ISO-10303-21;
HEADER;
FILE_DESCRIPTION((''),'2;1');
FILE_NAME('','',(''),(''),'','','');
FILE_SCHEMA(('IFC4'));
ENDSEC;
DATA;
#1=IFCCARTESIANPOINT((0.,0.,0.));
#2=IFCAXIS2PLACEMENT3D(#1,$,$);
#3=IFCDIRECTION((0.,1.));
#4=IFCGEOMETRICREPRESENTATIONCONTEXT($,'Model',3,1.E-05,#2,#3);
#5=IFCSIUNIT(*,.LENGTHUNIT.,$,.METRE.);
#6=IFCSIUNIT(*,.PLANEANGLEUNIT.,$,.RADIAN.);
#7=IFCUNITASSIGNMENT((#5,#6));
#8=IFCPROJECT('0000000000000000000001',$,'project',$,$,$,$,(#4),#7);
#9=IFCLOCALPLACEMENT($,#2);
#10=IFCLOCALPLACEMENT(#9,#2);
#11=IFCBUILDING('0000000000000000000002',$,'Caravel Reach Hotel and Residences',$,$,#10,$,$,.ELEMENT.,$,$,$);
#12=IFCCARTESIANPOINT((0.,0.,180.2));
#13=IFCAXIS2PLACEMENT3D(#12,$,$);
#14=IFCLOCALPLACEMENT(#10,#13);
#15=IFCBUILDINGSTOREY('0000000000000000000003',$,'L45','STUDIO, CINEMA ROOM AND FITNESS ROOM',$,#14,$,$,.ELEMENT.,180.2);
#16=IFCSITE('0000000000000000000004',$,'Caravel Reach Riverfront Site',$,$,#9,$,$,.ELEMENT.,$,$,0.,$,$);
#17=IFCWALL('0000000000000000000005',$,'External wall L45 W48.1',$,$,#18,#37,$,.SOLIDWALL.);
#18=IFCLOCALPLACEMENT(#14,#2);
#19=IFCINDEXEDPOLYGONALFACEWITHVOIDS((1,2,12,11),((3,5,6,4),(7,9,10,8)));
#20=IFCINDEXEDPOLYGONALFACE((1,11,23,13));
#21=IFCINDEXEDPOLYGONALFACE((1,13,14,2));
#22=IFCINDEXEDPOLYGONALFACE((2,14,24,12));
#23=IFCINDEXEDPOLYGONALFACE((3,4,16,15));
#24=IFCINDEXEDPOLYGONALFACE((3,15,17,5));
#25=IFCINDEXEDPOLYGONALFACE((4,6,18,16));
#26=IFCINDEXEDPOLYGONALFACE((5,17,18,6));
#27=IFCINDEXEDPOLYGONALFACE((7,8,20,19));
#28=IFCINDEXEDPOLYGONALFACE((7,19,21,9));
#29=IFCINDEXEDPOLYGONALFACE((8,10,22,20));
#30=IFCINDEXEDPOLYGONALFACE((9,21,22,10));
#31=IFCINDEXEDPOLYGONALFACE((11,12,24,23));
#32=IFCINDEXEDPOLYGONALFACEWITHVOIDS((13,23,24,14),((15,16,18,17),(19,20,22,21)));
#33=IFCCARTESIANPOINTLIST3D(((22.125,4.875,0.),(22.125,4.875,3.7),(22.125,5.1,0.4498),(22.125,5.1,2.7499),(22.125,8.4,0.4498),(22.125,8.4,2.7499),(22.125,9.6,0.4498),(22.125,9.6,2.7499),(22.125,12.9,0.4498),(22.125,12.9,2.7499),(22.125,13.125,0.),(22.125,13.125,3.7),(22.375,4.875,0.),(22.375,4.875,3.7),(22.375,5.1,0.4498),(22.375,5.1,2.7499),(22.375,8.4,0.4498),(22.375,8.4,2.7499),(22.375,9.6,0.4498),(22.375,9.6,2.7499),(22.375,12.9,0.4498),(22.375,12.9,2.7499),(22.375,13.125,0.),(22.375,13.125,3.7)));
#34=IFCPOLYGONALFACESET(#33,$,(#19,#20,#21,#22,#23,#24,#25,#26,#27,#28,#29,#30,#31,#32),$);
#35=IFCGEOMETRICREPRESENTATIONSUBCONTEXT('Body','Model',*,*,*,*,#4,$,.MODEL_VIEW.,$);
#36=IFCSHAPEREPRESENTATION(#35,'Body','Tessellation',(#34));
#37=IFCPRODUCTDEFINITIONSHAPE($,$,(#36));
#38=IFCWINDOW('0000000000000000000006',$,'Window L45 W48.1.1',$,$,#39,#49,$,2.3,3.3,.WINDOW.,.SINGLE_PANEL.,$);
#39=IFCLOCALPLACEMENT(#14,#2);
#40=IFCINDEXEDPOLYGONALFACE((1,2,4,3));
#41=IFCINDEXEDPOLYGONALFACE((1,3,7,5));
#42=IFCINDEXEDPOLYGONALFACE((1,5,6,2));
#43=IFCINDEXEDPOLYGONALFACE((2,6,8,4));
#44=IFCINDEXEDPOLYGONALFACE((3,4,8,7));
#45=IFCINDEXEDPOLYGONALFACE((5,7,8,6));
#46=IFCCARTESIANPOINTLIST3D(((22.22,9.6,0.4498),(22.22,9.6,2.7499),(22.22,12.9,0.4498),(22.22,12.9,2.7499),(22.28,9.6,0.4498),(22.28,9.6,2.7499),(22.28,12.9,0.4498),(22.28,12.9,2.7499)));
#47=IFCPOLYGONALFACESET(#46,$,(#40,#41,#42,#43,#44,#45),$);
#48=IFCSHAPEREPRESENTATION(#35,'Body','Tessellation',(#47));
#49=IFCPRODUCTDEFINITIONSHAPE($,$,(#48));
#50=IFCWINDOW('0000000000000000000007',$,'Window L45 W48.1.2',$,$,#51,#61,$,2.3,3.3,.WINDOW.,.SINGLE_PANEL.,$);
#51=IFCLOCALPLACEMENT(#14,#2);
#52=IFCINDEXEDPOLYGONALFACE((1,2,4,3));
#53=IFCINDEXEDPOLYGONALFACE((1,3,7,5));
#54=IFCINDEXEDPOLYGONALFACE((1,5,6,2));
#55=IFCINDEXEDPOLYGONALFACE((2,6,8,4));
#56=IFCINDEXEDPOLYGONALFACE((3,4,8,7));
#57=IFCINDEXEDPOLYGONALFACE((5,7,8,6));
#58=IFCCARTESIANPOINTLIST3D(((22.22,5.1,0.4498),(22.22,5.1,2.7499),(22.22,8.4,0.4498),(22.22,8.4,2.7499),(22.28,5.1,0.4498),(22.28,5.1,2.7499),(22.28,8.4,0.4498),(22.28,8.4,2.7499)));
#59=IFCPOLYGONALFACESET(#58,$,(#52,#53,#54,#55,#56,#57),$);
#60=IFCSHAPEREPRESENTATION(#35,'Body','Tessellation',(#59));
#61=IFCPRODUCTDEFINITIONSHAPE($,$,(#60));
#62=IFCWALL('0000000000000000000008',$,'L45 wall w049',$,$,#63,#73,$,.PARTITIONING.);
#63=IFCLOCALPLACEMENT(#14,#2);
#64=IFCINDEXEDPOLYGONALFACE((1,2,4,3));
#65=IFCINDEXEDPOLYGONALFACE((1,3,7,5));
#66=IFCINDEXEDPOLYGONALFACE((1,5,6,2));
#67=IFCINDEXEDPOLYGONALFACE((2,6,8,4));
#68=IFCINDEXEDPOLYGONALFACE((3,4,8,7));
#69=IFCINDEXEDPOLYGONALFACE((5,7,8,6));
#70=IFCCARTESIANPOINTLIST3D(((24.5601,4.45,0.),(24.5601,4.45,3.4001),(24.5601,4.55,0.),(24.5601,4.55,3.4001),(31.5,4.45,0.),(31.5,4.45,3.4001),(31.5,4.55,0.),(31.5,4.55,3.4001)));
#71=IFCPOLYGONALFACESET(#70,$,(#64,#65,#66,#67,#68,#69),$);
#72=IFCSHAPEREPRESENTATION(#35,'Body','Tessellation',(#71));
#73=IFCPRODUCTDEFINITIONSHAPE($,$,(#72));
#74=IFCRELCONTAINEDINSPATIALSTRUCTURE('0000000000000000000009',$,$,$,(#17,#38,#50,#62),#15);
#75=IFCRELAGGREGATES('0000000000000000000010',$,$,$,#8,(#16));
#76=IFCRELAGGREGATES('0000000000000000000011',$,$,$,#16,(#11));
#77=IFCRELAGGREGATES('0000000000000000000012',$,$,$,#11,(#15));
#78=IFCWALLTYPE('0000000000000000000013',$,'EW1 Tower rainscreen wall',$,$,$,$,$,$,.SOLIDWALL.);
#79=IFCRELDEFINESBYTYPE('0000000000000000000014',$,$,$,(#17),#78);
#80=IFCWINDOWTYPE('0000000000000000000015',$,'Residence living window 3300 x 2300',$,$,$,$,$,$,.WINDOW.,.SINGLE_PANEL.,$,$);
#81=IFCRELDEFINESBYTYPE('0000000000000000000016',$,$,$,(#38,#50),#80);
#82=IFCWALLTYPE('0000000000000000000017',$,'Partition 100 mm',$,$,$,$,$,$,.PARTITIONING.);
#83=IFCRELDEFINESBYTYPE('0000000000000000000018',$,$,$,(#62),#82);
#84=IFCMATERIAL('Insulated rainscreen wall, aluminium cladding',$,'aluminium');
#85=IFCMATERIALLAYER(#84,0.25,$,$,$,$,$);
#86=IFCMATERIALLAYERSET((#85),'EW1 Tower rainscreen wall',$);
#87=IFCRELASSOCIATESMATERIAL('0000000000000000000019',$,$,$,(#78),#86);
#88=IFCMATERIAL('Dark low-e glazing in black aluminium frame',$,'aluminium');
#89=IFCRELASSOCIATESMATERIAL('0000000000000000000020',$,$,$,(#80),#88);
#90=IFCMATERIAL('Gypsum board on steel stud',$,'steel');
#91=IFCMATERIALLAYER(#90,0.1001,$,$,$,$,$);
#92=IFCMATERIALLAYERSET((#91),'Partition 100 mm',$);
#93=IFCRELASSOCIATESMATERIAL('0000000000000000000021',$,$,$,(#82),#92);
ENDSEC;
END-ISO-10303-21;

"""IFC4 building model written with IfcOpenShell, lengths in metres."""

from ifc_helpers import new_model, si_unit, direction, frame, frame_2d, origin, place, context, subcontext, project, spatial, rectangle, extrude, material, layer, layer_set, type_object, element, fill, save


model = new_model("IFC4")

# Units and contexts
model_context = context("Model", 3, precision=1e-05, world=origin(), true_north=direction((0.0, 1.0)))
body_context = subcontext(model_context, "Body", "Model", "MODEL_VIEW")
ifc_project = project(units=[si_unit("LENGTHUNIT", "METRE"), si_unit("PLANEANGLEUNIT", "RADIAN")], contexts=[model_context])

# Site, building, storey
site_placement = place(None, origin())
site = spatial("IfcSite", under=ifc_project, at=site_placement, Name="Caravel Reach Riverfront Site", CompositionType="ELEMENT", RefElevation=0.0)
building_placement = place(site_placement, origin())
building = spatial("IfcBuilding", under=site, at=building_placement, Name="Caravel Reach Hotel and Residences", CompositionType="ELEMENT")
storey_placement = place(building_placement, frame((0.0, 0.0, 180.2)))
storey = spatial("IfcBuildingStorey", under=building, at=storey_placement, Name="L45", Description="STUDIO, CINEMA ROOM AND FITNESS ROOM", CompositionType="ELEMENT", Elevation=180.2)

# Shared definitions
ifc_material_1 = material(Name="Insulated rainscreen wall, aluminium cladding", Category="aluminium")
ifc_layer_1 = layer(ifc_material_1, 0.25)
ifc_layer_set_1 = layer_set([ifc_layer_1], Name="EW1 Tower rainscreen wall")
wall_type_1 = type_object("IfcWallType", Name="EW1 Tower rainscreen wall", PredefinedType="SOLIDWALL", material=ifc_layer_set_1)
ifc_material_2 = material(Name="Dark low-e glazing in black aluminium frame", Category="aluminium")
window_type_1 = type_object("IfcWindowType", Name="Residence living window 3300 x 2300", PartitioningType="SINGLE_PANEL", PredefinedType="WINDOW", material=ifc_material_2)

# Wall, openings, windows
wall_1_placement = place(storey_placement, frame((22.25, 13.125, 0.0), z_axis=(0.0, 0.0, 1.0), x_axis=(0.0, -1.0, 0.0)))
wall_1 = element("IfcWall", 1, at=wall_1_placement, inside=storey, type_object=wall_type_1, Name="External wall L45 W48.1", PredefinedType="SOLIDWALL", context=body_context, shape_type="SweptSolid", body=[
    extrude(rectangle(XDim=8.25, YDim=0.25, at=frame_2d((4.125, 0.0))), origin(), (0.0, 0.0, 1.0), 3.7),
])
opening_1_placement = place(wall_1_placement, frame((0.2251, 0.0, 0.45)))
opening_1 = element("IfcOpeningElement", 2, at=opening_1_placement, cuts=wall_1, PredefinedType="OPENING", context=body_context, shape_type="SweptSolid", body=[
    extrude(rectangle(XDim=3.3, YDim=2.3, at=frame_2d((1.6499, 1.1499))), frame((0.0, 0.135, 0.0), z_axis=(0.0, -1.0, 0.0), x_axis=(1.0, 0.0, 0.0)), (0.0, 0.0, 1.0), 0.27),
])
opening_2_placement = place(wall_1_placement, frame((4.7251, 0.0, 0.45)))
opening_2 = element("IfcOpeningElement", 3, at=opening_2_placement, cuts=wall_1, PredefinedType="OPENING", context=body_context, shape_type="SweptSolid", body=[
    extrude(rectangle(XDim=3.3, YDim=2.3, at=frame_2d((1.6499, 1.1499))), frame((0.0, 0.135, 0.0), z_axis=(0.0, -1.0, 0.0), x_axis=(1.0, 0.0, 0.0)), (0.0, 0.0, 1.0), 0.27),
])
window_1_placement = place(opening_1_placement, origin())
window_1 = element("IfcWindow", 4, at=window_1_placement, inside=storey, type_object=window_type_1, Name="Window L45 W48.1.1", OverallHeight=2.3, OverallWidth=3.3, PartitioningType="SINGLE_PANEL", PredefinedType="WINDOW", context=body_context, shape_type="SweptSolid", body=[
    extrude(rectangle(XDim=3.3, YDim=2.3, at=frame_2d((1.6499, 1.1499))), frame((0.0, 0.03, 0.0), z_axis=(0.0, -1.0, 0.0), x_axis=(1.0, 0.0, 0.0)), (0.0, 0.0, 1.0), 0.0601),
])
fill(opening_1, window_1)
window_2_placement = place(opening_2_placement, origin())
window_2 = element("IfcWindow", 5, at=window_2_placement, inside=storey, type_object=window_type_1, Name="Window L45 W48.1.2", OverallHeight=2.3, OverallWidth=3.3, PartitioningType="SINGLE_PANEL", PredefinedType="WINDOW", context=body_context, shape_type="SweptSolid", body=[
    extrude(rectangle(XDim=3.3, YDim=2.3, at=frame_2d((1.6499, 1.1499))), frame((0.0, 0.03, 0.0), z_axis=(0.0, -1.0, 0.0), x_axis=(1.0, 0.0, 0.0)), (0.0, 0.0, 1.0), 0.0601),
])
fill(opening_2, window_2)

# Wall
ifc_material_3 = material(Name="Gypsum board on steel stud", Category="steel")
ifc_layer_2 = layer(ifc_material_3, 0.1001)
ifc_layer_set_2 = layer_set([ifc_layer_2], Name="Partition 100 mm")
wall_type_2 = type_object("IfcWallType", Name="Partition 100 mm", PredefinedType="PARTITIONING", material=ifc_layer_set_2)
wall_2_placement = place(storey_placement, frame((24.5601, 4.5, 0.0), z_axis=(0.0, 0.0, 1.0), x_axis=(1.0, 0.0, 0.0)))
element("IfcWall", 6, at=wall_2_placement, inside=storey, type_object=wall_type_2, Name="L45 wall w049", PredefinedType="PARTITIONING", context=body_context, shape_type="SweptSolid", body=[
    extrude(rectangle(XDim=6.9399, YDim=0.1001, at=frame_2d((3.47, 0.0))), origin(), (0.0, 0.0, 1.0), 3.4001),
])

save(model, "model.ifc")
